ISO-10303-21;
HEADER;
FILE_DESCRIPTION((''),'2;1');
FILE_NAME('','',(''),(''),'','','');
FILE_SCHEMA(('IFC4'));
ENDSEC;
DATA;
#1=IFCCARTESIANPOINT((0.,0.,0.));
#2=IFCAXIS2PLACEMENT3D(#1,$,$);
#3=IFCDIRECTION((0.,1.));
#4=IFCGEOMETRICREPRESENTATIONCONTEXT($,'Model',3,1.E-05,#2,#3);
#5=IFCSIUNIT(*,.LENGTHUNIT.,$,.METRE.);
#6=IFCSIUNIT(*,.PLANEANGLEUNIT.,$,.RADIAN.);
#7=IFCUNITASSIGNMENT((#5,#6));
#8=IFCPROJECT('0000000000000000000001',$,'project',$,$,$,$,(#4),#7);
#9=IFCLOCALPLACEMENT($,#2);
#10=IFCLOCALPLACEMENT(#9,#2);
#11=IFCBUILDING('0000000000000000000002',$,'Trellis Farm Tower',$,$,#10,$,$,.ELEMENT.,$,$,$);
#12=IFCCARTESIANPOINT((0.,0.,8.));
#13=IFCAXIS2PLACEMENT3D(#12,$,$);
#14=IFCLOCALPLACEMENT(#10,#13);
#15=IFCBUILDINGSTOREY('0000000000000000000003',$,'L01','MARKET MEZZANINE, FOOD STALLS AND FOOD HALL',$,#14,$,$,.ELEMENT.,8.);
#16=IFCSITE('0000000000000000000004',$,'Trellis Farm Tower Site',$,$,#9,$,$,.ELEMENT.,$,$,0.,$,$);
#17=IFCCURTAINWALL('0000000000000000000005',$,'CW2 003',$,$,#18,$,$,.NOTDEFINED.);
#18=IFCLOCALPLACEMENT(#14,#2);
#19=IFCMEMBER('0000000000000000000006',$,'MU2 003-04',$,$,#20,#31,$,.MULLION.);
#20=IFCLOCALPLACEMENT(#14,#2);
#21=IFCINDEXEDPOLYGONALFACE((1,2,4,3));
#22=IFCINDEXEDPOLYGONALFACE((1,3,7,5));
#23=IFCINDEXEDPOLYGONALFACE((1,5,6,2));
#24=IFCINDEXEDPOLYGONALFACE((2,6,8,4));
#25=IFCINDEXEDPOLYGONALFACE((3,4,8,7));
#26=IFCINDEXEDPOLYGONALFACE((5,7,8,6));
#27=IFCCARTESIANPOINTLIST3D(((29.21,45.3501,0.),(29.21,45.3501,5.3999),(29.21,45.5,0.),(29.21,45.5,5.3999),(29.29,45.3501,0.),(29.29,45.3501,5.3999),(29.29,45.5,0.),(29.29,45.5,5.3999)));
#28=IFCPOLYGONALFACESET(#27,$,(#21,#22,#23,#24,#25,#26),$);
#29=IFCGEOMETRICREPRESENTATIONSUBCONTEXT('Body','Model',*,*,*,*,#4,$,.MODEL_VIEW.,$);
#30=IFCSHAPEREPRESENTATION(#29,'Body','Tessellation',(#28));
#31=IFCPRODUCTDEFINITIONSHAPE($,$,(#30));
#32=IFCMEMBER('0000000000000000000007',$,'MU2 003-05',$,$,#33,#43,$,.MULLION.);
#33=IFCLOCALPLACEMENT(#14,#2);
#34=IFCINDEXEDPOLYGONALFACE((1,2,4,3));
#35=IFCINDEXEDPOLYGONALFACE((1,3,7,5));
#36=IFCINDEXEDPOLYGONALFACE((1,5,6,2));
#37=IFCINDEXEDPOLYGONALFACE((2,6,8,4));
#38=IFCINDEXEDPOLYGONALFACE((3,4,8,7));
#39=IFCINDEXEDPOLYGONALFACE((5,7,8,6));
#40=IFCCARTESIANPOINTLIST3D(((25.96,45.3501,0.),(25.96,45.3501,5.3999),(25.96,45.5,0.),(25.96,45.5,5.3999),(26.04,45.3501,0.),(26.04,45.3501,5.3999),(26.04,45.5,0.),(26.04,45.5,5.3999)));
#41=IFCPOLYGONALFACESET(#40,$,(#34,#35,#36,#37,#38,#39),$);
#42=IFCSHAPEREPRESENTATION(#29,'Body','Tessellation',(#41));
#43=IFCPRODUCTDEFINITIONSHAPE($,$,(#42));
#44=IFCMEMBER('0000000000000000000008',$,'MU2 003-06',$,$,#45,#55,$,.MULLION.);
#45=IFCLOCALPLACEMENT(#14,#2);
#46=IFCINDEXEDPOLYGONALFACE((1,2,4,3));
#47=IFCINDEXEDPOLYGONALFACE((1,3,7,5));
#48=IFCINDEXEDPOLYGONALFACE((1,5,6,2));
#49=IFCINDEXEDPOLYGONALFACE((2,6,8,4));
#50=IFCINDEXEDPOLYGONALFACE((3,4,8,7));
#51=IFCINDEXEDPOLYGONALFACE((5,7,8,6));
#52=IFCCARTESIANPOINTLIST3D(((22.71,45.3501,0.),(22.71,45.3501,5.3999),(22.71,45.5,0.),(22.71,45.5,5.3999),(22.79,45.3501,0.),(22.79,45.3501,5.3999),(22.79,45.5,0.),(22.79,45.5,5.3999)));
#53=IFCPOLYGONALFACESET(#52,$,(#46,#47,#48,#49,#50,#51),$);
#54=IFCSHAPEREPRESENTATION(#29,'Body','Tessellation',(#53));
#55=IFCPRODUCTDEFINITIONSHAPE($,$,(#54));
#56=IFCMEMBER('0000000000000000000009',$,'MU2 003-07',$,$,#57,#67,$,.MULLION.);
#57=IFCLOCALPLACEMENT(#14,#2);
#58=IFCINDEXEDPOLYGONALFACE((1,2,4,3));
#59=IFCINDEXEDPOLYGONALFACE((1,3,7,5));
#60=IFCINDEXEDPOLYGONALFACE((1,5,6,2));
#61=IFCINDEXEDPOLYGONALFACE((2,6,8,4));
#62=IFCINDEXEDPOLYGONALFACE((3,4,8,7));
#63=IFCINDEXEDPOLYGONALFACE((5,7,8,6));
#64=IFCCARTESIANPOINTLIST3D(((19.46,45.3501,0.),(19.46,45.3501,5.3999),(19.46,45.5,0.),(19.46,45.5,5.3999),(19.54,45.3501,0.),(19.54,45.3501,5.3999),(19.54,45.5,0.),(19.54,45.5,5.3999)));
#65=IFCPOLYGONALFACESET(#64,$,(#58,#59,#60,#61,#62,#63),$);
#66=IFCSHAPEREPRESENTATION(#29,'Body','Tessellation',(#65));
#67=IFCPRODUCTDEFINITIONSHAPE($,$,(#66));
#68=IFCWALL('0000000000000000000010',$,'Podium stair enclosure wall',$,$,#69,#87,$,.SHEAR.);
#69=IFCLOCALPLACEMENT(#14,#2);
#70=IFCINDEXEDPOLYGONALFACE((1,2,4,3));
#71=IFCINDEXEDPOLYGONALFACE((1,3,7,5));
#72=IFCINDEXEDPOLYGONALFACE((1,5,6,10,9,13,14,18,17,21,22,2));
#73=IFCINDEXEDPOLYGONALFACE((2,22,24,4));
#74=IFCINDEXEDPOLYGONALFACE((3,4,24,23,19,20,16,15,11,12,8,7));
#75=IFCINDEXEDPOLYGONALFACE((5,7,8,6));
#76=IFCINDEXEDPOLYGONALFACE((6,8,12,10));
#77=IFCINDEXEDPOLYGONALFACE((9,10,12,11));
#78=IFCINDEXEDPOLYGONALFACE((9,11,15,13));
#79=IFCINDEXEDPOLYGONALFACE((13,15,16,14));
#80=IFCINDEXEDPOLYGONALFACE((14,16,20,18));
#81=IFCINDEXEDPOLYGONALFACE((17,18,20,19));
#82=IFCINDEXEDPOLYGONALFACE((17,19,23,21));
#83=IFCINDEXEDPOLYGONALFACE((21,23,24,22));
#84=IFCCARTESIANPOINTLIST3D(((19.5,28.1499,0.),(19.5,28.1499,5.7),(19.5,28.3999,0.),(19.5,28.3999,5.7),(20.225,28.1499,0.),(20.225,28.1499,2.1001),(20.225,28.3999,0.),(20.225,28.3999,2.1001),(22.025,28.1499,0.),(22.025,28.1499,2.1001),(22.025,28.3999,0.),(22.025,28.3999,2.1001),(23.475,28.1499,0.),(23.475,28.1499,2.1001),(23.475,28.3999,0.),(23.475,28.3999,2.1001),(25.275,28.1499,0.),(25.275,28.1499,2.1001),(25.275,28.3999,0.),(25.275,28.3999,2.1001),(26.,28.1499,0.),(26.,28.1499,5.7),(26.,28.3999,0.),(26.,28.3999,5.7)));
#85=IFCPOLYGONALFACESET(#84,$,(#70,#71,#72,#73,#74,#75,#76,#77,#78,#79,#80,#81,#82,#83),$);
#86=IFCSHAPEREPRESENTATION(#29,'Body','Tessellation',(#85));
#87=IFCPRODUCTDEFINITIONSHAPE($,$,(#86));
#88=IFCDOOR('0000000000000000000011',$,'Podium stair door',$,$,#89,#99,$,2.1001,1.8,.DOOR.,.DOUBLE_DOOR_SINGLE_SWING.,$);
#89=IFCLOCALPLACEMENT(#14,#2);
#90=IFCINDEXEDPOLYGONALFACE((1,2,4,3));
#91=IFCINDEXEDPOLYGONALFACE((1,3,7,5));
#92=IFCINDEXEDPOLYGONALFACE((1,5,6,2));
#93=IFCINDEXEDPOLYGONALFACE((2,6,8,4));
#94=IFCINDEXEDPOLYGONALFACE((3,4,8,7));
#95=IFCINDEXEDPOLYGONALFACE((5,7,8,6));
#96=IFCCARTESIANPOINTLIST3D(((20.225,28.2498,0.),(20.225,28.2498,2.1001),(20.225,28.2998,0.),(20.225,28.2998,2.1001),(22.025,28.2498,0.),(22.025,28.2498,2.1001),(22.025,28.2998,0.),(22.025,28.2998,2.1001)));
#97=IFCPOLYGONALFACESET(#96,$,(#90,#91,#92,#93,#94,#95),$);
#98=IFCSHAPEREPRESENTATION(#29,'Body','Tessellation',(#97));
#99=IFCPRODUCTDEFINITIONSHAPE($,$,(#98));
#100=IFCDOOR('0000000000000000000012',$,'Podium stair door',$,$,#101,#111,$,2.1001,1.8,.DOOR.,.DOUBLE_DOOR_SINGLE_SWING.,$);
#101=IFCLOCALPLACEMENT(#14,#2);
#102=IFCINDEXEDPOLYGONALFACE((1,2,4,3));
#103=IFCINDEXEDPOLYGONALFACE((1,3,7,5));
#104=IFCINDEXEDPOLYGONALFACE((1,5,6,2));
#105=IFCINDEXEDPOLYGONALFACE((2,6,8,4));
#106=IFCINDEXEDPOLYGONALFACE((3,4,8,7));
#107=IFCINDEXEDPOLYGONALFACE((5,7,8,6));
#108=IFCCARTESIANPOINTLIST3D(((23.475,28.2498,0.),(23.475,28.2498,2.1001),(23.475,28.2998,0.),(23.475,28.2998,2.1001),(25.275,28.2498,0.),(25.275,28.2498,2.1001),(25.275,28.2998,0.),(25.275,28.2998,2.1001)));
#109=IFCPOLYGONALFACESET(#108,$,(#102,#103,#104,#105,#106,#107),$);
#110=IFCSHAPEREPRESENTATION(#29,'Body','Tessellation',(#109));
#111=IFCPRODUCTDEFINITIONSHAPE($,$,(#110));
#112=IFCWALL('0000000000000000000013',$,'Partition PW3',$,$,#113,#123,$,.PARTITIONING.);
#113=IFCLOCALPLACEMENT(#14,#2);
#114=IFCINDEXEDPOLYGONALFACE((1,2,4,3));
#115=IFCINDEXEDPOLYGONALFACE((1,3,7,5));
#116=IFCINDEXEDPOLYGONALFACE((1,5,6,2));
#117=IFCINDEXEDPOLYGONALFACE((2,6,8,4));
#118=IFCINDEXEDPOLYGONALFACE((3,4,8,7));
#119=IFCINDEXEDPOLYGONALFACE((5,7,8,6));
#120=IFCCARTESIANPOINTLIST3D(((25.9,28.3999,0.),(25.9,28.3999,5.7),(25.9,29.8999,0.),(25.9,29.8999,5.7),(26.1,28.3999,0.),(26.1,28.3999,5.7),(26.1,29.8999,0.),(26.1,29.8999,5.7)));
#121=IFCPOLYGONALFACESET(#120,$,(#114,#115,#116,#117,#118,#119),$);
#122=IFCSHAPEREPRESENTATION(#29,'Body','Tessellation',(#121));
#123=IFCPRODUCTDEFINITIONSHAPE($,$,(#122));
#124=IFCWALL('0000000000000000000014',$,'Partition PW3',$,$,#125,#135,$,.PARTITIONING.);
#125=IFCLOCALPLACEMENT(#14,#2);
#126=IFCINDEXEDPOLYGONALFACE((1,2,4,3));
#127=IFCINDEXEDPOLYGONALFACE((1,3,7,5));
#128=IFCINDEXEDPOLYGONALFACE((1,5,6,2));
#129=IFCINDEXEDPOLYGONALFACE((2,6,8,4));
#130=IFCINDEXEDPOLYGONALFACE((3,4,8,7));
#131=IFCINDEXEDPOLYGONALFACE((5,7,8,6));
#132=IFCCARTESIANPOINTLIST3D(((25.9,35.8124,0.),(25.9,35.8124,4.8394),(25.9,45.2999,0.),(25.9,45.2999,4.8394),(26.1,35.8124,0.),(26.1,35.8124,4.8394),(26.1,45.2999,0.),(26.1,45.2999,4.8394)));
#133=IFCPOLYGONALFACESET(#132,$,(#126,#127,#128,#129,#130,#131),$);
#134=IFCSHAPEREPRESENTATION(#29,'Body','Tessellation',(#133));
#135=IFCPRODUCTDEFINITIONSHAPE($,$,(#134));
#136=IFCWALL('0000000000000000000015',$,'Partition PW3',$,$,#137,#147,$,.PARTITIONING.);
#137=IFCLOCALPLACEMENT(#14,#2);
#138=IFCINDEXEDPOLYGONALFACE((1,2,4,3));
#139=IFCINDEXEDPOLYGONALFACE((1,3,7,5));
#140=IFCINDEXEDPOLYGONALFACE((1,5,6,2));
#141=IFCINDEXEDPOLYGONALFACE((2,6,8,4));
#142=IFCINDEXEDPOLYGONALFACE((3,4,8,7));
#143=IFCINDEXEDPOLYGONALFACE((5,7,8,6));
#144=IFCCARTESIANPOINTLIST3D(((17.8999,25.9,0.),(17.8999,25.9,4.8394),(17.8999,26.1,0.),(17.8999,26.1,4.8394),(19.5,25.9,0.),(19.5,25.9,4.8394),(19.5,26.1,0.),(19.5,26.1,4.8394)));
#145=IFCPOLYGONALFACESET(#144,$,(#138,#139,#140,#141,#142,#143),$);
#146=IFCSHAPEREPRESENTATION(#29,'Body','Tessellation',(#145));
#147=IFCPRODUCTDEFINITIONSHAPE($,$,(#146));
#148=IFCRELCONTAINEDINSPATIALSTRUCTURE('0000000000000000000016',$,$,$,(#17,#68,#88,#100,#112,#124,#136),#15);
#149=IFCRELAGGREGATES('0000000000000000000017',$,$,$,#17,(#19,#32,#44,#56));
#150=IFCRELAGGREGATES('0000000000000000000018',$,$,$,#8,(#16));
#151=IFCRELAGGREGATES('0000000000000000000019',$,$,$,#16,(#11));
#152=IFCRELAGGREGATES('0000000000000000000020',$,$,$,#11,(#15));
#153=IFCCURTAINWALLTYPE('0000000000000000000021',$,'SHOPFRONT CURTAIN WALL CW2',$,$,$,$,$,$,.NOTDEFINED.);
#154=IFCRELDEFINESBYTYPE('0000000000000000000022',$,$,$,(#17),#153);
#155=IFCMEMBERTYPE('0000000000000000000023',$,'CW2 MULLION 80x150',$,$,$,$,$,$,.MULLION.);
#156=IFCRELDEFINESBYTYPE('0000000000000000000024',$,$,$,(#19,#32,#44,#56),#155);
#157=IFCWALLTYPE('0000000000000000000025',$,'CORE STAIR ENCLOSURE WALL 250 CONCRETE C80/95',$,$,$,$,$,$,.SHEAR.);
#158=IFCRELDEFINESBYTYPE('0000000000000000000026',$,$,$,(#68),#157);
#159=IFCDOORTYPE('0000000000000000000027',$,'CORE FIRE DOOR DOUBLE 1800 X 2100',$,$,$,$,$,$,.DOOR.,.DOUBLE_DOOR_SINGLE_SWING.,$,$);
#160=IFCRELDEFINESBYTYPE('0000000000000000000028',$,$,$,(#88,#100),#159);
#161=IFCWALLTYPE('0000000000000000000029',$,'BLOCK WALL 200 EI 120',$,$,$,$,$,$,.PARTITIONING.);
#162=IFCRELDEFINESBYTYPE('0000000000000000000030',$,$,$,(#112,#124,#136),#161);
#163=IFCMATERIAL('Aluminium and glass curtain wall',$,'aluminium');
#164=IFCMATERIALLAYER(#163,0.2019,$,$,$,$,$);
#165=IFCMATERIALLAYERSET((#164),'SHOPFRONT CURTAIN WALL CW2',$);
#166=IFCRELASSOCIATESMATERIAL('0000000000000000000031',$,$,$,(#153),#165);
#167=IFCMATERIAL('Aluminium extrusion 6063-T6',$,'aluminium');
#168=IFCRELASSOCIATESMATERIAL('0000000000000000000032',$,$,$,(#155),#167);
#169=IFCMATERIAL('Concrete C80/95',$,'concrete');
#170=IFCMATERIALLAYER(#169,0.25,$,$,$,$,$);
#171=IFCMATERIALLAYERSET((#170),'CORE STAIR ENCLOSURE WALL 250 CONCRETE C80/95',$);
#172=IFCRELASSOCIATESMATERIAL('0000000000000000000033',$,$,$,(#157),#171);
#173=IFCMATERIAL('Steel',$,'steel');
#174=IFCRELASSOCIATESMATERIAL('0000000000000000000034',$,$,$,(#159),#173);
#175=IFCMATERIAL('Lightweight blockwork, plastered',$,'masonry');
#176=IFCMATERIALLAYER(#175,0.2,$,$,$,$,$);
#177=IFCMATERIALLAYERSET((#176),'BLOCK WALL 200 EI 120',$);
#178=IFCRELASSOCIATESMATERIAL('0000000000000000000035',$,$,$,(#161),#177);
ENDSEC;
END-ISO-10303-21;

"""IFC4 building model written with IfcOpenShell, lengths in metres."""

from ifc_helpers import new_model, si_unit, direction, frame, frame_2d, origin, origin_2d, place, context, subcontext, project, spatial, rectangle, extrude, source, transform, mapped, material, layer, layer_set, material_profile, profile_set, type_object, element, fill, aggregate, save


model = new_model("IFC4")

# Units and contexts
model_context = context("Model", 3, precision=1e-05, world=origin(), true_north=direction((0.0, 1.0)))
body_context = subcontext(model_context, "Body", "Model", "MODEL_VIEW")
ifc_project = project(units=[si_unit("LENGTHUNIT", "METRE"), si_unit("PLANEANGLEUNIT", "RADIAN")], contexts=[model_context])

# Site, building, storey
site_placement = place(None, origin())
site = spatial("IfcSite", under=ifc_project, at=site_placement, Name="Trellis Farm Tower Site", CompositionType="ELEMENT", RefElevation=0.0)
building_placement = place(site_placement, origin())
building = spatial("IfcBuilding", under=site, at=building_placement, Name="Trellis Farm Tower", CompositionType="ELEMENT")
storey_placement = place(building_placement, frame((0.0, 0.0, 8.0)))
storey = spatial("IfcBuildingStorey", under=building, at=storey_placement, Name="L01", Description="MARKET MEZZANINE, FOOD STALLS AND FOOD HALL", CompositionType="ELEMENT", Elevation=8.0)

# Curtain wall, members
ifc_material_1 = material(Name="Aluminium and glass curtain wall", Category="aluminium")
ifc_layer_1 = layer(ifc_material_1, 0.2019)
ifc_layer_set_1 = layer_set([ifc_layer_1], Name="SHOPFRONT CURTAIN WALL CW2")
curtain_wall_type = type_object("IfcCurtainWallType", Name="SHOPFRONT CURTAIN WALL CW2", PredefinedType="NOTDEFINED", material=ifc_layer_set_1)
placement = place(storey_placement, origin())
curtain_wall = element("IfcCurtainWall", 1, at=placement, inside=storey, type_object=curtain_wall_type, Name="CW2 003", PredefinedType="NOTDEFINED")
ifc_material_2 = material(Name="Aluminium extrusion 6063-T6", Category="aluminium")
ifc_material_profile_1 = material_profile(ifc_material_2, rectangle(XDim=0.0801, YDim=0.1499, at=origin_2d()), Name="MULLION 80x150")
ifc_profile_set_1 = profile_set([ifc_material_profile_1], Name="Aluminium extrusion 6063-T6")
member_type = type_object("IfcMemberType", Name="CW2 MULLION 80x150", PredefinedType="MULLION", material=ifc_profile_set_1)
shared_shape_1 = source(origin(), body_context, "Body", "SweptSolid", [
    extrude(rectangle(XDim=0.0801, YDim=0.1499, at=origin_2d()), origin(), (0.0, 0.0, 1.0), 5.3999),
])
member_1_placement = place(storey_placement, frame((29.25, 45.425, 0.0), z_axis=(0.0, 0.0, 1.0), x_axis=(-1.0, 0.0, 0.0)))
member_1 = element("IfcMember", 2, at=member_1_placement, type_object=member_type, Name="MU2 003-04", PredefinedType="MULLION", context=body_context, shape_type="MappedRepresentation", body=[
    mapped(shared_shape_1, transform((0.0, 0.0, 0.0))),
])
member_2_placement = place(storey_placement, frame((26.0, 45.425, 0.0), z_axis=(0.0, 0.0, 1.0), x_axis=(-1.0, 0.0, 0.0)))
member_2 = element("IfcMember", 3, at=member_2_placement, type_object=member_type, Name="MU2 003-05", PredefinedType="MULLION", context=body_context, shape_type="MappedRepresentation", body=[
    mapped(shared_shape_1, transform((0.0, 0.0, 0.0))),
])
member_3_placement = place(storey_placement, frame((22.75, 45.425, 0.0), z_axis=(0.0, 0.0, 1.0), x_axis=(-1.0, 0.0, 0.0)))
member_3 = element("IfcMember", 4, at=member_3_placement, type_object=member_type, Name="MU2 003-06", PredefinedType="MULLION", context=body_context, shape_type="MappedRepresentation", body=[
    mapped(shared_shape_1, transform((0.0, 0.0, 0.0))),
])
member_4_placement = place(storey_placement, frame((19.5, 45.425, 0.0), z_axis=(0.0, 0.0, 1.0), x_axis=(-1.0, 0.0, 0.0)))
member_4 = element("IfcMember", 5, at=member_4_placement, type_object=member_type, Name="MU2 003-07", PredefinedType="MULLION", context=body_context, shape_type="MappedRepresentation", body=[
    mapped(shared_shape_1, transform((0.0, 0.0, 0.0))),
])
aggregate(curtain_wall, [member_1, member_2, member_3, member_4])

# Wall, openings, doors
ifc_material_3 = material(Name="Concrete C80/95", Category="concrete")
ifc_layer_2 = layer(ifc_material_3, 0.25)
ifc_layer_set_2 = layer_set([ifc_layer_2], Name="CORE STAIR ENCLOSURE WALL 250 CONCRETE C80/95")
wall_type_1 = type_object("IfcWallType", Name="CORE STAIR ENCLOSURE WALL 250 CONCRETE C80/95", PredefinedType="SHEAR", material=ifc_layer_set_2)
shared_shape_2 = source(origin(), body_context, "Body", "SweptSolid", [
    extrude(rectangle(XDim=6.5, YDim=0.25, at=frame_2d((3.25, 0.0))), origin(), (0.0, 0.0, 1.0), 5.7),
])
wall_1_placement = place(storey_placement, frame((19.5, 28.2749, 0.0), z_axis=(0.0, 0.0, 1.0), x_axis=(1.0, 0.0, 0.0)))
wall_1 = element("IfcWall", 6, at=wall_1_placement, inside=storey, type_object=wall_type_1, Name="Podium stair enclosure wall", PredefinedType="SHEAR", context=body_context, shape_type="MappedRepresentation", body=[
    mapped(shared_shape_2, transform((0.0, 0.0, 0.0))),
])
shared_shape_3 = source(origin(), body_context, "Body", "SweptSolid", [
    extrude(rectangle(XDim=1.8, YDim=2.1001, at=frame_2d((0.8999, 1.05))), frame((0.0, 0.135, 0.0), z_axis=(0.0, -1.0, 0.0), x_axis=(1.0, 0.0, 0.0)), (0.0, 0.0, 1.0), 0.27),
])
opening_1_placement = place(wall_1_placement, frame((0.7251, 0.0, 0.0)))
opening_1 = element("IfcOpeningElement", 7, at=opening_1_placement, cuts=wall_1, PredefinedType="OPENING", context=body_context, shape_type="MappedRepresentation", body=[
    mapped(shared_shape_3, transform((0.0, 0.0, 0.0))),
])
opening_2_placement = place(wall_1_placement, frame((3.9751, 0.0, 0.0)))
opening_2 = element("IfcOpeningElement", 8, at=opening_2_placement, cuts=wall_1, PredefinedType="OPENING", context=body_context, shape_type="MappedRepresentation", body=[
    mapped(shared_shape_3, transform((0.0, 0.0, 0.0))),
])
ifc_material_4 = material(Name="Steel", Category="steel")
door_type_1 = type_object("IfcDoorType", Name="CORE FIRE DOOR DOUBLE 1800 X 2100", OperationType="DOUBLE_DOOR_SINGLE_SWING", PredefinedType="DOOR", material=ifc_material_4)
shared_shape_4 = source(origin(), body_context, "Body", "SweptSolid", [
    extrude(rectangle(XDim=1.8, YDim=2.1001, at=frame_2d((0.8999, 1.05))), frame((0.0, 0.0249, 0.0), z_axis=(0.0, -1.0, 0.0), x_axis=(1.0, 0.0, 0.0)), (0.0, 0.0, 1.0), 0.05),
])
door_1_placement = place(opening_1_placement, origin())
door_1 = element("IfcDoor", 9, at=door_1_placement, inside=storey, type_object=door_type_1, Name="Podium stair door", OperationType="DOUBLE_DOOR_SINGLE_SWING", OverallHeight=2.1001, OverallWidth=1.8, PredefinedType="DOOR", context=body_context, shape_type="MappedRepresentation", body=[
    mapped(shared_shape_4, transform((0.0, 0.0, 0.0))),
])
fill(opening_1, door_1)
door_2_placement = place(opening_2_placement, origin())
door_2 = element("IfcDoor", 10, at=door_2_placement, inside=storey, type_object=door_type_1, Name="Podium stair door", OperationType="DOUBLE_DOOR_SINGLE_SWING", OverallHeight=2.1001, OverallWidth=1.8, PredefinedType="DOOR", context=body_context, shape_type="MappedRepresentation", body=[
    mapped(shared_shape_4, transform((0.0, 0.0, 0.0))),
])
fill(opening_2, door_2)

# Walls
ifc_material_5 = material(Name="Lightweight blockwork, plastered", Category="masonry")
ifc_layer_3 = layer(ifc_material_5, 0.2)
ifc_layer_set_3 = layer_set([ifc_layer_3], Name="BLOCK WALL 200 EI 120")
wall_type_2 = type_object("IfcWallType", Name="BLOCK WALL 200 EI 120", PredefinedType="PARTITIONING", material=ifc_layer_set_3)
shared_shape_5 = source(origin(), body_context, "Body", "SweptSolid", [
    extrude(rectangle(XDim=1.5, YDim=0.2, at=frame_2d((0.75, 0.0))), origin(), (0.0, 0.0, 1.0), 5.7),
])
wall_2_placement = place(storey_placement, frame((26.0, 28.3999, 0.0), z_axis=(0.0, 0.0, 1.0), x_axis=(0.0, 1.0, 0.0)))
element("IfcWall", 11, at=wall_2_placement, inside=storey, type_object=wall_type_2, Name="Partition PW3", PredefinedType="PARTITIONING", context=body_context, shape_type="MappedRepresentation", body=[
    mapped(shared_shape_5, transform((0.0, 0.0, 0.0))),
])
shared_shape_6 = source(origin(), body_context, "Body", "SweptSolid", [
    extrude(rectangle(XDim=9.4875, YDim=0.2, at=frame_2d((4.7437, 0.0))), origin(), (0.0, 0.0, 1.0), 4.8394),
])
wall_3_placement = place(storey_placement, frame((26.0, 35.8125, 0.0), z_axis=(0.0, 0.0, 1.0), x_axis=(0.0, 1.0, 0.0)))
element("IfcWall", 12, at=wall_3_placement, inside=storey, type_object=wall_type_2, Name="Partition PW3", PredefinedType="PARTITIONING", context=body_context, shape_type="MappedRepresentation", body=[
    mapped(shared_shape_6, transform((0.0, 0.0, 0.0))),
])
shared_shape_7 = source(origin(), body_context, "Body", "SweptSolid", [
    extrude(rectangle(XDim=1.6001, YDim=0.2, at=frame_2d((0.8, 0.0))), origin(), (0.0, 0.0, 1.0), 4.8394),
])
wall_4_placement = place(storey_placement, frame((19.5, 26.0, 0.0), z_axis=(0.0, 0.0, 1.0), x_axis=(-1.0, 0.0, 0.0)))
element("IfcWall", 13, at=wall_4_placement, inside=storey, type_object=wall_type_2, Name="Partition PW3", PredefinedType="PARTITIONING", context=body_context, shape_type="MappedRepresentation", body=[
    mapped(shared_shape_7, transform((0.0, 0.0, 0.0))),
])

save(model, "model.ifc")
